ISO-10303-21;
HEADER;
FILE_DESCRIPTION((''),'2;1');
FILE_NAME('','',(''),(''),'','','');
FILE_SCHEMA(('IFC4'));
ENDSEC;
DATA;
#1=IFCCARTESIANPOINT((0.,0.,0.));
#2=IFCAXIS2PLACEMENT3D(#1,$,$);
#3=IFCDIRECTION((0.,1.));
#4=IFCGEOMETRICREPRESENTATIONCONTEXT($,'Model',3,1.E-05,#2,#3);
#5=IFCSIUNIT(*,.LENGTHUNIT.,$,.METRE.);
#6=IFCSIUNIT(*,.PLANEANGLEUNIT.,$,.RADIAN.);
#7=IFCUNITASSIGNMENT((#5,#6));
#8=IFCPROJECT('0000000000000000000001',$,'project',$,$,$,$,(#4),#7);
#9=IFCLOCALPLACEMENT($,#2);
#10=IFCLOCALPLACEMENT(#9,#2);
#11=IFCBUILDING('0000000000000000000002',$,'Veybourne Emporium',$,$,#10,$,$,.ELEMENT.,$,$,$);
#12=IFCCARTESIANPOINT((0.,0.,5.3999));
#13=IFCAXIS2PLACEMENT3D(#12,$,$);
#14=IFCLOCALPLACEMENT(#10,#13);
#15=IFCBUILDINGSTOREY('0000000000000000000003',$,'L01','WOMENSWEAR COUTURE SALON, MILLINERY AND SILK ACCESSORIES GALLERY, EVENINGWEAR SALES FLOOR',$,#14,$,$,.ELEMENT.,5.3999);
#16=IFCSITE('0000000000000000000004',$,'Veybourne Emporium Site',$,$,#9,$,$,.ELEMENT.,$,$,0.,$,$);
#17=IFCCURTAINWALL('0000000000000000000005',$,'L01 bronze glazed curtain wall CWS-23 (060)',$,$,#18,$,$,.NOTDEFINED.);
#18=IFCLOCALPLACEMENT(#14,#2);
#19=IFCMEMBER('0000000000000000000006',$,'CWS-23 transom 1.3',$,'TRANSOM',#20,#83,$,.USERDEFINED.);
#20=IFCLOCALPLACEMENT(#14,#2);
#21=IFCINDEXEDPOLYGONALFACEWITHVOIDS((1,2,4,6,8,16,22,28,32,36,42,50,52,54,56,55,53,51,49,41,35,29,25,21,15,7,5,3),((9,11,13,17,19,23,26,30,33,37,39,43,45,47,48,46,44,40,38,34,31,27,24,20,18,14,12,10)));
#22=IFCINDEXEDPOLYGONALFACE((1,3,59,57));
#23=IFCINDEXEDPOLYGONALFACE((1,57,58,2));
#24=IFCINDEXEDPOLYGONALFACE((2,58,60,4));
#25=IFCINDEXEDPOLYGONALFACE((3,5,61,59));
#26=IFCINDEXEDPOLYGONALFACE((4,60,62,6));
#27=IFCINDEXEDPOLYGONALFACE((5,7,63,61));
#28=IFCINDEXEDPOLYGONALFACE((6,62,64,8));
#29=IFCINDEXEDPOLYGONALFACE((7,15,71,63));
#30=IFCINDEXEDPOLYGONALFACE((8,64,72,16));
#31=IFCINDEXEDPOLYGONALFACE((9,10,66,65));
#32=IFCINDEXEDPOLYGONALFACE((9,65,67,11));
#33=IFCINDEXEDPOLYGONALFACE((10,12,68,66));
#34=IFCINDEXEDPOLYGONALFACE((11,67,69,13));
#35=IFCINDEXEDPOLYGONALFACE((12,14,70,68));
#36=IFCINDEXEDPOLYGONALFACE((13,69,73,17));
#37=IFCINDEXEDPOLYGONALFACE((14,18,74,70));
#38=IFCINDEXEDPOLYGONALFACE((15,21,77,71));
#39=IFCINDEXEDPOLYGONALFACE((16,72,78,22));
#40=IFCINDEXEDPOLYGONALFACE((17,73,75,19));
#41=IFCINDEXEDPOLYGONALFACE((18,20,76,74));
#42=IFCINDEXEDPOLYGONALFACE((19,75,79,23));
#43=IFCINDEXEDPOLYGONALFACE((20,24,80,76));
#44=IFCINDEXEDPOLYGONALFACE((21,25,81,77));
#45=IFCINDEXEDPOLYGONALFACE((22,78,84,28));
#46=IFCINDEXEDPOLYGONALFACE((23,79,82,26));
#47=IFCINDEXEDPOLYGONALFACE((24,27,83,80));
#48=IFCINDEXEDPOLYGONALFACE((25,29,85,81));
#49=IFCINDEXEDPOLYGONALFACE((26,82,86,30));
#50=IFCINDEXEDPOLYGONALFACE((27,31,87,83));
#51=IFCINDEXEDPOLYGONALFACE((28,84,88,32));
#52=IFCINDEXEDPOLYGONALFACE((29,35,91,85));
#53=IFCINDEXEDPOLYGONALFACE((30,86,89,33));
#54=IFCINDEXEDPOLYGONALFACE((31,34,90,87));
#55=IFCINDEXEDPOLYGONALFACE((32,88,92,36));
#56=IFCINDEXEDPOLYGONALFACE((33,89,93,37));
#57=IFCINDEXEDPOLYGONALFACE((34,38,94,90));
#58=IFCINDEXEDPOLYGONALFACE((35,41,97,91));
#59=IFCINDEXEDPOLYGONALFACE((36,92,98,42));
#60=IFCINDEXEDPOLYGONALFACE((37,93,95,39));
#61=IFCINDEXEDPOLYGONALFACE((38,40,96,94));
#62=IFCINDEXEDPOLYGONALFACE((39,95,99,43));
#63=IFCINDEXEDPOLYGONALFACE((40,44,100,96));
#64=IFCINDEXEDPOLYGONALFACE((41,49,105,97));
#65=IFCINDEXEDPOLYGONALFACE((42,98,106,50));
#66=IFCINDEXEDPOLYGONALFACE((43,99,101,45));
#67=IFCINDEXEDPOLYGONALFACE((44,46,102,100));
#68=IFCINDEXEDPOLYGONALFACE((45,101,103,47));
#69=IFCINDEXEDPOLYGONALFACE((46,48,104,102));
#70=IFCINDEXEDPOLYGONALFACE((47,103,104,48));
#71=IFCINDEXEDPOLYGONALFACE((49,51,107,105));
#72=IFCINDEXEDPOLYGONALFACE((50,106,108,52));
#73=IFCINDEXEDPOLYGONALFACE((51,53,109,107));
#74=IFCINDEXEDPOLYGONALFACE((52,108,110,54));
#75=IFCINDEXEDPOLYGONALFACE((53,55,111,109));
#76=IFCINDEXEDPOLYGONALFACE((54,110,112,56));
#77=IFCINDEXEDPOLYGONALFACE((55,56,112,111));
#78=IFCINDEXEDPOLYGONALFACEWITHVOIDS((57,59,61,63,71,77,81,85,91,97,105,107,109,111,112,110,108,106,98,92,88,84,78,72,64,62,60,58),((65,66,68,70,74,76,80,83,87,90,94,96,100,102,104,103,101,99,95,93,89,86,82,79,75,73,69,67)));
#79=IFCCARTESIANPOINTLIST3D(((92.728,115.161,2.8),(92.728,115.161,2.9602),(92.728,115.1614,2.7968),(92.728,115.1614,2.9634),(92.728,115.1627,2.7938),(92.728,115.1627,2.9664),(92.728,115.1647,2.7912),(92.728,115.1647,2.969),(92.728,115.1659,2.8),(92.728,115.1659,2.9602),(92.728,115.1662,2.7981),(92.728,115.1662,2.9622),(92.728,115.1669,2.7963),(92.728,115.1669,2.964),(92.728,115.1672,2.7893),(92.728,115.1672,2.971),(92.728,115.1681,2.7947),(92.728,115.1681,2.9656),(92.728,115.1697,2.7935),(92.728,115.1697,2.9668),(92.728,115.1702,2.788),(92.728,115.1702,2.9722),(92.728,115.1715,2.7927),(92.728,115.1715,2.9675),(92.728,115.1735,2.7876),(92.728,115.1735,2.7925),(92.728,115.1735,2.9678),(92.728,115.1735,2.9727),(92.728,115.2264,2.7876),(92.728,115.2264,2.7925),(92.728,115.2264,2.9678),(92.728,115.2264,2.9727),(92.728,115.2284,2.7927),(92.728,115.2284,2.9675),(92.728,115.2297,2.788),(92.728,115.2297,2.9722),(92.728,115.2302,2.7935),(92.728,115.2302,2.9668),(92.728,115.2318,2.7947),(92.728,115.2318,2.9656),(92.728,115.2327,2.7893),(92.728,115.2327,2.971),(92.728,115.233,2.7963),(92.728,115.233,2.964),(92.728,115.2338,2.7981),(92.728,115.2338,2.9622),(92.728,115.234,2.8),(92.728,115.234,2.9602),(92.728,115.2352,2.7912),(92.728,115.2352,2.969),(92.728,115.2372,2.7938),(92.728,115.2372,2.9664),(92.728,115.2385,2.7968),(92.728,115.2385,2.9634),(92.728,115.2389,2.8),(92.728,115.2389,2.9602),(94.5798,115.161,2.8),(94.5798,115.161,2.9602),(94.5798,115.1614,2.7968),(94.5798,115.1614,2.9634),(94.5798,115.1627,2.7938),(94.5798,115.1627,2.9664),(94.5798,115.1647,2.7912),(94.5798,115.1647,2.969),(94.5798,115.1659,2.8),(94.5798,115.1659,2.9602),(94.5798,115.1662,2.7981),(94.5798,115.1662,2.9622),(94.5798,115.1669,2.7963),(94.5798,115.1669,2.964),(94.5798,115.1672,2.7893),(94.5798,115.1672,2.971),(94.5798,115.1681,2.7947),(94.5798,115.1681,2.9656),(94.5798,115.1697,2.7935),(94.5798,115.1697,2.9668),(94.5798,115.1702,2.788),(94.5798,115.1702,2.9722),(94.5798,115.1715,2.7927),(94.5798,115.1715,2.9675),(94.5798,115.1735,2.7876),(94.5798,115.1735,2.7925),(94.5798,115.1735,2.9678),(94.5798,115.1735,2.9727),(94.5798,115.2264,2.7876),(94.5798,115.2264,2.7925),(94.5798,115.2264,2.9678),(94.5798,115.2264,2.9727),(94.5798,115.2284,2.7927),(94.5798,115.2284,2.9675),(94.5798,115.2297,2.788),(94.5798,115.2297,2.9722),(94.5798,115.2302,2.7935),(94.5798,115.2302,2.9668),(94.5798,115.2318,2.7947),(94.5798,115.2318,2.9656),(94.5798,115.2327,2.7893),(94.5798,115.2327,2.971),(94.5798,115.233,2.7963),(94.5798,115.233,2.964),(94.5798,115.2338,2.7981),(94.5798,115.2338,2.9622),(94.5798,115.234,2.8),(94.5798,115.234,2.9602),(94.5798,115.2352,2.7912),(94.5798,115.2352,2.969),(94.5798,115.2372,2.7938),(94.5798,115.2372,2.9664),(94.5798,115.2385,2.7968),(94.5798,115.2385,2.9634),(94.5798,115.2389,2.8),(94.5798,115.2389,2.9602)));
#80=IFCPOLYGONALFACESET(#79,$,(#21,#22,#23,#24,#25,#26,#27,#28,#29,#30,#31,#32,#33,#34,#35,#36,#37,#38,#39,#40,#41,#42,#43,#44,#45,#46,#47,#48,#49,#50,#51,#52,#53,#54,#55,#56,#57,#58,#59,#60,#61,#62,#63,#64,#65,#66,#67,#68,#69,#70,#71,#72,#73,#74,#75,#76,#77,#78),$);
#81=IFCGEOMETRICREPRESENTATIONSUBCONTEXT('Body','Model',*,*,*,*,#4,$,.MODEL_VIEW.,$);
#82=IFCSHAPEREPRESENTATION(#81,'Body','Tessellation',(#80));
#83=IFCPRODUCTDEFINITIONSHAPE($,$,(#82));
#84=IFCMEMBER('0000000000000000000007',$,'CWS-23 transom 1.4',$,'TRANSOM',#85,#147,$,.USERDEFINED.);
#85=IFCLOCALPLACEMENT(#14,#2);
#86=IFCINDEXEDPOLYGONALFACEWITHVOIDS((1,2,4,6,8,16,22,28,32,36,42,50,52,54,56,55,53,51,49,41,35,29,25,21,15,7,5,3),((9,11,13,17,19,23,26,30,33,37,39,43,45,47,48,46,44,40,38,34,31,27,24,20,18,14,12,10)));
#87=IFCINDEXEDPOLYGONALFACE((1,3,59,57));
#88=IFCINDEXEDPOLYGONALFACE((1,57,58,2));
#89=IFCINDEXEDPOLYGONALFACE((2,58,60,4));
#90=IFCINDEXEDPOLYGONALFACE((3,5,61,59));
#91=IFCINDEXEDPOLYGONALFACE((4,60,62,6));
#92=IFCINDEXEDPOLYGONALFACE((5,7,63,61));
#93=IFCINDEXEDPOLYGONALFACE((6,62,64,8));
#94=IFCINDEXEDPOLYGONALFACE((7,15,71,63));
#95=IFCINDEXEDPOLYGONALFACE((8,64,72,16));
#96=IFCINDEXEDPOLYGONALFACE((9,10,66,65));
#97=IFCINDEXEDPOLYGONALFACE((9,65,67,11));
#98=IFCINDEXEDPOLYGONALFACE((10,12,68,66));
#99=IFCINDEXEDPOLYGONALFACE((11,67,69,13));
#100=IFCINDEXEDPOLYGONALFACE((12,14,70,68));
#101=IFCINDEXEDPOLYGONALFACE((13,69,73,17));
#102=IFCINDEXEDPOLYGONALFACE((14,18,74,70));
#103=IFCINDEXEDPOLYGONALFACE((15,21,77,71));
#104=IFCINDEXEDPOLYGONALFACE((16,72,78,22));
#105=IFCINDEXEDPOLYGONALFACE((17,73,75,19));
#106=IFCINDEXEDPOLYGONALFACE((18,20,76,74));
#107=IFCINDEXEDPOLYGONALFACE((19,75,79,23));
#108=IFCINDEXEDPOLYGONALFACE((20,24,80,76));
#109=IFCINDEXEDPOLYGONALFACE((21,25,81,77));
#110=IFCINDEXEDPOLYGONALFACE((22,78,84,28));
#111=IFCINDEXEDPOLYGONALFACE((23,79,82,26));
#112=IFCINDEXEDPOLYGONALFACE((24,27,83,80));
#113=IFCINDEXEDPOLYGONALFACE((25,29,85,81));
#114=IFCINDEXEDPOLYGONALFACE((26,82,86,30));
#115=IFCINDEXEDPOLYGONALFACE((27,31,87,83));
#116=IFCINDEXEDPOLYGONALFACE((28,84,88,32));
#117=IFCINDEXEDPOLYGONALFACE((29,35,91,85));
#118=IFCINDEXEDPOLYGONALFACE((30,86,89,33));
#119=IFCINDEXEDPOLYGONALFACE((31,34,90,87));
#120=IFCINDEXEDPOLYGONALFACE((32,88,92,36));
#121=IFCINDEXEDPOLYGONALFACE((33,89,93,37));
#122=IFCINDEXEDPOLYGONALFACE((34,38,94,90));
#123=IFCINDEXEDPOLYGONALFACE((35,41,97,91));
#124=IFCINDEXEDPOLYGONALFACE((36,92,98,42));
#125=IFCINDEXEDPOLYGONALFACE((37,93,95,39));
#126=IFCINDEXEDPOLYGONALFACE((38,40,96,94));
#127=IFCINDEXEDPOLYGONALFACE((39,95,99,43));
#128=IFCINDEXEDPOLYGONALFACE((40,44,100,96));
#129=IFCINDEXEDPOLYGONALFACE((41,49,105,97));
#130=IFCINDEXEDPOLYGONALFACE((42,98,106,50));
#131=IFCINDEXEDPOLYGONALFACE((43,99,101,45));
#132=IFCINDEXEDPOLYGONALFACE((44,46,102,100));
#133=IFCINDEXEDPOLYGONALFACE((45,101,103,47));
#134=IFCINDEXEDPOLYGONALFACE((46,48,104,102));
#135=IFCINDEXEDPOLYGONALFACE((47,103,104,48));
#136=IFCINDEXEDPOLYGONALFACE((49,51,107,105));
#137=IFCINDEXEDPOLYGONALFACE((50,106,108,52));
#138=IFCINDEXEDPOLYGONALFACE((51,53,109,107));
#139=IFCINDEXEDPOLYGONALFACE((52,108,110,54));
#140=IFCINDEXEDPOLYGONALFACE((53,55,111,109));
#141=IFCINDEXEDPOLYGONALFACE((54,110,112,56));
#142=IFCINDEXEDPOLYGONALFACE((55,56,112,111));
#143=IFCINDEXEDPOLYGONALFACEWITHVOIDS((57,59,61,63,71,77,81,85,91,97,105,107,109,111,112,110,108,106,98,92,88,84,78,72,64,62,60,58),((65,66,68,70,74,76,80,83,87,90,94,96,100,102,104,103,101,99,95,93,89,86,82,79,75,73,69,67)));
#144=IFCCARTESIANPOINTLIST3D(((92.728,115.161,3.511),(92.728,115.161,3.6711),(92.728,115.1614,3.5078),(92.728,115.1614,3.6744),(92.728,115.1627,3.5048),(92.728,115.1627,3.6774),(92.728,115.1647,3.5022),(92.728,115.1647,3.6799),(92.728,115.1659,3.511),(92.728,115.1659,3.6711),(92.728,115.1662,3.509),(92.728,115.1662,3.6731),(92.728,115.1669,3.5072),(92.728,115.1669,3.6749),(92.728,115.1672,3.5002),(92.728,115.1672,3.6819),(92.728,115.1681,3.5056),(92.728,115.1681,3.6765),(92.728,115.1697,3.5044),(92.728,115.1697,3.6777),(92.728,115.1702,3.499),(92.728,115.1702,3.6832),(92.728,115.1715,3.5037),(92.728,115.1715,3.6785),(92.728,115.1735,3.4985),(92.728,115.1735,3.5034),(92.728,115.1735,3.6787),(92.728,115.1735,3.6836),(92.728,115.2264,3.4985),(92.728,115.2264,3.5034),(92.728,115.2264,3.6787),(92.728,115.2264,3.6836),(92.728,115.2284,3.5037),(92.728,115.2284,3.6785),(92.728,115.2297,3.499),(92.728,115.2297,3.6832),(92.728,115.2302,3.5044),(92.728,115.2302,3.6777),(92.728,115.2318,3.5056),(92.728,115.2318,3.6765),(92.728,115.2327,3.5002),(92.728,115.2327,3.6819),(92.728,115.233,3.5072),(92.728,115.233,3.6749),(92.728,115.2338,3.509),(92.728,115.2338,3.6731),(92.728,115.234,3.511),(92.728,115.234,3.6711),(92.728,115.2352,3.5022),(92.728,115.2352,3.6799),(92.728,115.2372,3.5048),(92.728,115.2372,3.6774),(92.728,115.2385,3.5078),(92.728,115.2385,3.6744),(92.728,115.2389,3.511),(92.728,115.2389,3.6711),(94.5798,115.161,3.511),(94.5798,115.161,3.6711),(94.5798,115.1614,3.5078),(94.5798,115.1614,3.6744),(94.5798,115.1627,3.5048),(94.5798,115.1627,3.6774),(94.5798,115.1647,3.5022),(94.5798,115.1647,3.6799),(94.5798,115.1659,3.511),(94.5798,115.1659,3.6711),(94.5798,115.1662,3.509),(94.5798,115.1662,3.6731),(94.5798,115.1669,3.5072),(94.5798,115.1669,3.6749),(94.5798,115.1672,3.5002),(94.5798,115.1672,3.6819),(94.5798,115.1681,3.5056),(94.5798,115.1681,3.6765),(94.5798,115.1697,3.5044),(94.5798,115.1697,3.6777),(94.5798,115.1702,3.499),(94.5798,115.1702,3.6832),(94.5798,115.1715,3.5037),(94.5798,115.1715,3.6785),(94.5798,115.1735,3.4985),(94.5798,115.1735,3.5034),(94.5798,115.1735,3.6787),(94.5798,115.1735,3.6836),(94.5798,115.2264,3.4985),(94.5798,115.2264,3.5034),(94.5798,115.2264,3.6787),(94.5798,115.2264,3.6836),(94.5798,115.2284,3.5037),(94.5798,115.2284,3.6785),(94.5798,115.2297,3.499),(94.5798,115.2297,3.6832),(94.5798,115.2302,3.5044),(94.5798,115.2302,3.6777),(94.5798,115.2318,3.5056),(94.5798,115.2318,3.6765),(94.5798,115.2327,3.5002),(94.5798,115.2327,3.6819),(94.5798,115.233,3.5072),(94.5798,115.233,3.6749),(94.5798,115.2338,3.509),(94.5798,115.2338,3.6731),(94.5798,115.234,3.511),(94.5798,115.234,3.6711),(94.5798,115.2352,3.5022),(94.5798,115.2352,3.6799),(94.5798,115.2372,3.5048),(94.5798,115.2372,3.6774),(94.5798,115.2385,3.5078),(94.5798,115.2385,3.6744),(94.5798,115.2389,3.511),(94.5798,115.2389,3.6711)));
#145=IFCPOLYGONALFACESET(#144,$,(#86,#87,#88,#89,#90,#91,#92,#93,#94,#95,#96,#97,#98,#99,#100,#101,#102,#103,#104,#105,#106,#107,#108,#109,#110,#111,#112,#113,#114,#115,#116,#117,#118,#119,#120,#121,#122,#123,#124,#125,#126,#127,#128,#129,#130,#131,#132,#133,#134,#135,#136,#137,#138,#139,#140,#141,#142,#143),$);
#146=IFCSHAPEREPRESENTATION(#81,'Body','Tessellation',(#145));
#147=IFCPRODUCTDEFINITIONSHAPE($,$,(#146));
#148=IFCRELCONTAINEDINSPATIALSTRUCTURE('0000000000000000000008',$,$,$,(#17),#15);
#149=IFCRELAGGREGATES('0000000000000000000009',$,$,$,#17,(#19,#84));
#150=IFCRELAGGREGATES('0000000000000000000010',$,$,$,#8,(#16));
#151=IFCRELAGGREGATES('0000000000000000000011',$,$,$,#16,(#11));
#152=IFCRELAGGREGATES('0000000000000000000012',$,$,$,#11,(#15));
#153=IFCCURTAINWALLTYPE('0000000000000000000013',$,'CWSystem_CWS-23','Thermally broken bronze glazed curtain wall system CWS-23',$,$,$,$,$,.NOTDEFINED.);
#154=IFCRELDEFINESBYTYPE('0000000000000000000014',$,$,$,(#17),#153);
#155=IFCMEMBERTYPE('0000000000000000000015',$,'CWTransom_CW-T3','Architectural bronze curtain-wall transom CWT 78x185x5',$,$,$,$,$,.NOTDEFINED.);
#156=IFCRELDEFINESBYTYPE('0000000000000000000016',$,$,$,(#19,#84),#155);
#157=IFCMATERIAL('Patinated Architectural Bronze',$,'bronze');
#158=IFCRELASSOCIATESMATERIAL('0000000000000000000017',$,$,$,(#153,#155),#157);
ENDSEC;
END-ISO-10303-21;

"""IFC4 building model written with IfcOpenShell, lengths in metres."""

from ifc_helpers import new_model, si_unit, direction, frame, origin, origin_2d, place, context, subcontext, project, spatial, hollow_rectangle, extrude, material, material_profile, profile_set, type_object, element, aggregate, save


model = new_model("IFC4")

# Units and contexts
model_context = context("Model", 3, precision=1e-05, world=origin(), true_north=direction((0.0, 1.0)))
body_context = subcontext(model_context, "Body", "Model", "MODEL_VIEW")
ifc_project = project(units=[si_unit("LENGTHUNIT", "METRE"), si_unit("PLANEANGLEUNIT", "RADIAN")], contexts=[model_context])

# Site, building, storey
site_placement = place(None, origin())
site = spatial("IfcSite", under=ifc_project, at=site_placement, Name="Veybourne Emporium Site", CompositionType="ELEMENT", RefElevation=0.0)
building_placement = place(site_placement, origin())
building = spatial("IfcBuilding", under=site, at=building_placement, Name="Veybourne Emporium", CompositionType="ELEMENT")
storey_placement = place(building_placement, frame((0.0, 0.0, 5.3999)))
storey = spatial("IfcBuildingStorey", under=building, at=storey_placement, Name="L01", Description="WOMENSWEAR COUTURE SALON, MILLINERY AND SILK ACCESSORIES GALLERY, EVENINGWEAR SALES FLOOR", CompositionType="ELEMENT", Elevation=5.3999)

# Curtain wall, members
ifc_material_1 = material(Name="Patinated Architectural Bronze", Category="bronze")
curtain_wall_type = type_object("IfcCurtainWallType", Name="CWSystem_CWS-23", Description="Thermally broken bronze glazed curtain wall system CWS-23", PredefinedType="NOTDEFINED", material=ifc_material_1)
curtain_wall_placement = place(storey_placement, origin())
curtain_wall = element("IfcCurtainWall", 1, at=curtain_wall_placement, inside=storey, type_object=curtain_wall_type, Name="L01 bronze glazed curtain wall CWS-23 (060)", PredefinedType="NOTDEFINED")
ifc_material_profile_1 = material_profile(ifc_material_1, hollow_rectangle(XDim=0.0779, YDim=0.1851, WallThickness=0.0049, InnerFilletRadius=0.0076, OuterFilletRadius=0.0125, at=origin_2d()), Name="CWT 78x185x5")
ifc_profile_set_1 = profile_set([ifc_material_profile_1], Name="Patinated Architectural Bronze")
member_type_1 = type_object("IfcMemberType", Name="CWTransom_CW-T3", Description="Architectural bronze curtain-wall transom CWT 78x185x5", PredefinedType="NOTDEFINED", material=ifc_profile_set_1)
member_1_placement = place(storey_placement, frame((92.728, 115.2, 2.8801), z_axis=(1.0, 0.0, 0.0), x_axis=(0.0, 1.0, 0.0)))
member_1 = element("IfcMember", 2, at=member_1_placement, type_object=member_type_1, Name="CWS-23 transom 1.3", ObjectType="TRANSOM", PredefinedType="USERDEFINED", context=body_context, shape_type="SweptSolid", body=[
    extrude(hollow_rectangle(XDim=0.0779, YDim=0.1851, WallThickness=0.0049, InnerFilletRadius=0.0076, OuterFilletRadius=0.0125, at=origin_2d()), origin(), (0.0, 0.0, 1.0), 1.8518),
])
member_2_placement = place(storey_placement, frame((92.728, 115.2, 3.5911), z_axis=(1.0, 0.0, 0.0), x_axis=(0.0, 1.0, 0.0)))
member_2 = element("IfcMember", 3, at=member_2_placement, type_object=member_type_1, Name="CWS-23 transom 1.4", ObjectType="TRANSOM", PredefinedType="USERDEFINED", context=body_context, shape_type="SweptSolid", body=[
    extrude(hollow_rectangle(XDim=0.0779, YDim=0.1851, WallThickness=0.0049, InnerFilletRadius=0.0076, OuterFilletRadius=0.0125, at=origin_2d()), origin(), (0.0, 0.0, 1.0), 1.8518),
])

aggregate(curtain_wall, [member_1, member_2])

save(model, "model.ifc")
